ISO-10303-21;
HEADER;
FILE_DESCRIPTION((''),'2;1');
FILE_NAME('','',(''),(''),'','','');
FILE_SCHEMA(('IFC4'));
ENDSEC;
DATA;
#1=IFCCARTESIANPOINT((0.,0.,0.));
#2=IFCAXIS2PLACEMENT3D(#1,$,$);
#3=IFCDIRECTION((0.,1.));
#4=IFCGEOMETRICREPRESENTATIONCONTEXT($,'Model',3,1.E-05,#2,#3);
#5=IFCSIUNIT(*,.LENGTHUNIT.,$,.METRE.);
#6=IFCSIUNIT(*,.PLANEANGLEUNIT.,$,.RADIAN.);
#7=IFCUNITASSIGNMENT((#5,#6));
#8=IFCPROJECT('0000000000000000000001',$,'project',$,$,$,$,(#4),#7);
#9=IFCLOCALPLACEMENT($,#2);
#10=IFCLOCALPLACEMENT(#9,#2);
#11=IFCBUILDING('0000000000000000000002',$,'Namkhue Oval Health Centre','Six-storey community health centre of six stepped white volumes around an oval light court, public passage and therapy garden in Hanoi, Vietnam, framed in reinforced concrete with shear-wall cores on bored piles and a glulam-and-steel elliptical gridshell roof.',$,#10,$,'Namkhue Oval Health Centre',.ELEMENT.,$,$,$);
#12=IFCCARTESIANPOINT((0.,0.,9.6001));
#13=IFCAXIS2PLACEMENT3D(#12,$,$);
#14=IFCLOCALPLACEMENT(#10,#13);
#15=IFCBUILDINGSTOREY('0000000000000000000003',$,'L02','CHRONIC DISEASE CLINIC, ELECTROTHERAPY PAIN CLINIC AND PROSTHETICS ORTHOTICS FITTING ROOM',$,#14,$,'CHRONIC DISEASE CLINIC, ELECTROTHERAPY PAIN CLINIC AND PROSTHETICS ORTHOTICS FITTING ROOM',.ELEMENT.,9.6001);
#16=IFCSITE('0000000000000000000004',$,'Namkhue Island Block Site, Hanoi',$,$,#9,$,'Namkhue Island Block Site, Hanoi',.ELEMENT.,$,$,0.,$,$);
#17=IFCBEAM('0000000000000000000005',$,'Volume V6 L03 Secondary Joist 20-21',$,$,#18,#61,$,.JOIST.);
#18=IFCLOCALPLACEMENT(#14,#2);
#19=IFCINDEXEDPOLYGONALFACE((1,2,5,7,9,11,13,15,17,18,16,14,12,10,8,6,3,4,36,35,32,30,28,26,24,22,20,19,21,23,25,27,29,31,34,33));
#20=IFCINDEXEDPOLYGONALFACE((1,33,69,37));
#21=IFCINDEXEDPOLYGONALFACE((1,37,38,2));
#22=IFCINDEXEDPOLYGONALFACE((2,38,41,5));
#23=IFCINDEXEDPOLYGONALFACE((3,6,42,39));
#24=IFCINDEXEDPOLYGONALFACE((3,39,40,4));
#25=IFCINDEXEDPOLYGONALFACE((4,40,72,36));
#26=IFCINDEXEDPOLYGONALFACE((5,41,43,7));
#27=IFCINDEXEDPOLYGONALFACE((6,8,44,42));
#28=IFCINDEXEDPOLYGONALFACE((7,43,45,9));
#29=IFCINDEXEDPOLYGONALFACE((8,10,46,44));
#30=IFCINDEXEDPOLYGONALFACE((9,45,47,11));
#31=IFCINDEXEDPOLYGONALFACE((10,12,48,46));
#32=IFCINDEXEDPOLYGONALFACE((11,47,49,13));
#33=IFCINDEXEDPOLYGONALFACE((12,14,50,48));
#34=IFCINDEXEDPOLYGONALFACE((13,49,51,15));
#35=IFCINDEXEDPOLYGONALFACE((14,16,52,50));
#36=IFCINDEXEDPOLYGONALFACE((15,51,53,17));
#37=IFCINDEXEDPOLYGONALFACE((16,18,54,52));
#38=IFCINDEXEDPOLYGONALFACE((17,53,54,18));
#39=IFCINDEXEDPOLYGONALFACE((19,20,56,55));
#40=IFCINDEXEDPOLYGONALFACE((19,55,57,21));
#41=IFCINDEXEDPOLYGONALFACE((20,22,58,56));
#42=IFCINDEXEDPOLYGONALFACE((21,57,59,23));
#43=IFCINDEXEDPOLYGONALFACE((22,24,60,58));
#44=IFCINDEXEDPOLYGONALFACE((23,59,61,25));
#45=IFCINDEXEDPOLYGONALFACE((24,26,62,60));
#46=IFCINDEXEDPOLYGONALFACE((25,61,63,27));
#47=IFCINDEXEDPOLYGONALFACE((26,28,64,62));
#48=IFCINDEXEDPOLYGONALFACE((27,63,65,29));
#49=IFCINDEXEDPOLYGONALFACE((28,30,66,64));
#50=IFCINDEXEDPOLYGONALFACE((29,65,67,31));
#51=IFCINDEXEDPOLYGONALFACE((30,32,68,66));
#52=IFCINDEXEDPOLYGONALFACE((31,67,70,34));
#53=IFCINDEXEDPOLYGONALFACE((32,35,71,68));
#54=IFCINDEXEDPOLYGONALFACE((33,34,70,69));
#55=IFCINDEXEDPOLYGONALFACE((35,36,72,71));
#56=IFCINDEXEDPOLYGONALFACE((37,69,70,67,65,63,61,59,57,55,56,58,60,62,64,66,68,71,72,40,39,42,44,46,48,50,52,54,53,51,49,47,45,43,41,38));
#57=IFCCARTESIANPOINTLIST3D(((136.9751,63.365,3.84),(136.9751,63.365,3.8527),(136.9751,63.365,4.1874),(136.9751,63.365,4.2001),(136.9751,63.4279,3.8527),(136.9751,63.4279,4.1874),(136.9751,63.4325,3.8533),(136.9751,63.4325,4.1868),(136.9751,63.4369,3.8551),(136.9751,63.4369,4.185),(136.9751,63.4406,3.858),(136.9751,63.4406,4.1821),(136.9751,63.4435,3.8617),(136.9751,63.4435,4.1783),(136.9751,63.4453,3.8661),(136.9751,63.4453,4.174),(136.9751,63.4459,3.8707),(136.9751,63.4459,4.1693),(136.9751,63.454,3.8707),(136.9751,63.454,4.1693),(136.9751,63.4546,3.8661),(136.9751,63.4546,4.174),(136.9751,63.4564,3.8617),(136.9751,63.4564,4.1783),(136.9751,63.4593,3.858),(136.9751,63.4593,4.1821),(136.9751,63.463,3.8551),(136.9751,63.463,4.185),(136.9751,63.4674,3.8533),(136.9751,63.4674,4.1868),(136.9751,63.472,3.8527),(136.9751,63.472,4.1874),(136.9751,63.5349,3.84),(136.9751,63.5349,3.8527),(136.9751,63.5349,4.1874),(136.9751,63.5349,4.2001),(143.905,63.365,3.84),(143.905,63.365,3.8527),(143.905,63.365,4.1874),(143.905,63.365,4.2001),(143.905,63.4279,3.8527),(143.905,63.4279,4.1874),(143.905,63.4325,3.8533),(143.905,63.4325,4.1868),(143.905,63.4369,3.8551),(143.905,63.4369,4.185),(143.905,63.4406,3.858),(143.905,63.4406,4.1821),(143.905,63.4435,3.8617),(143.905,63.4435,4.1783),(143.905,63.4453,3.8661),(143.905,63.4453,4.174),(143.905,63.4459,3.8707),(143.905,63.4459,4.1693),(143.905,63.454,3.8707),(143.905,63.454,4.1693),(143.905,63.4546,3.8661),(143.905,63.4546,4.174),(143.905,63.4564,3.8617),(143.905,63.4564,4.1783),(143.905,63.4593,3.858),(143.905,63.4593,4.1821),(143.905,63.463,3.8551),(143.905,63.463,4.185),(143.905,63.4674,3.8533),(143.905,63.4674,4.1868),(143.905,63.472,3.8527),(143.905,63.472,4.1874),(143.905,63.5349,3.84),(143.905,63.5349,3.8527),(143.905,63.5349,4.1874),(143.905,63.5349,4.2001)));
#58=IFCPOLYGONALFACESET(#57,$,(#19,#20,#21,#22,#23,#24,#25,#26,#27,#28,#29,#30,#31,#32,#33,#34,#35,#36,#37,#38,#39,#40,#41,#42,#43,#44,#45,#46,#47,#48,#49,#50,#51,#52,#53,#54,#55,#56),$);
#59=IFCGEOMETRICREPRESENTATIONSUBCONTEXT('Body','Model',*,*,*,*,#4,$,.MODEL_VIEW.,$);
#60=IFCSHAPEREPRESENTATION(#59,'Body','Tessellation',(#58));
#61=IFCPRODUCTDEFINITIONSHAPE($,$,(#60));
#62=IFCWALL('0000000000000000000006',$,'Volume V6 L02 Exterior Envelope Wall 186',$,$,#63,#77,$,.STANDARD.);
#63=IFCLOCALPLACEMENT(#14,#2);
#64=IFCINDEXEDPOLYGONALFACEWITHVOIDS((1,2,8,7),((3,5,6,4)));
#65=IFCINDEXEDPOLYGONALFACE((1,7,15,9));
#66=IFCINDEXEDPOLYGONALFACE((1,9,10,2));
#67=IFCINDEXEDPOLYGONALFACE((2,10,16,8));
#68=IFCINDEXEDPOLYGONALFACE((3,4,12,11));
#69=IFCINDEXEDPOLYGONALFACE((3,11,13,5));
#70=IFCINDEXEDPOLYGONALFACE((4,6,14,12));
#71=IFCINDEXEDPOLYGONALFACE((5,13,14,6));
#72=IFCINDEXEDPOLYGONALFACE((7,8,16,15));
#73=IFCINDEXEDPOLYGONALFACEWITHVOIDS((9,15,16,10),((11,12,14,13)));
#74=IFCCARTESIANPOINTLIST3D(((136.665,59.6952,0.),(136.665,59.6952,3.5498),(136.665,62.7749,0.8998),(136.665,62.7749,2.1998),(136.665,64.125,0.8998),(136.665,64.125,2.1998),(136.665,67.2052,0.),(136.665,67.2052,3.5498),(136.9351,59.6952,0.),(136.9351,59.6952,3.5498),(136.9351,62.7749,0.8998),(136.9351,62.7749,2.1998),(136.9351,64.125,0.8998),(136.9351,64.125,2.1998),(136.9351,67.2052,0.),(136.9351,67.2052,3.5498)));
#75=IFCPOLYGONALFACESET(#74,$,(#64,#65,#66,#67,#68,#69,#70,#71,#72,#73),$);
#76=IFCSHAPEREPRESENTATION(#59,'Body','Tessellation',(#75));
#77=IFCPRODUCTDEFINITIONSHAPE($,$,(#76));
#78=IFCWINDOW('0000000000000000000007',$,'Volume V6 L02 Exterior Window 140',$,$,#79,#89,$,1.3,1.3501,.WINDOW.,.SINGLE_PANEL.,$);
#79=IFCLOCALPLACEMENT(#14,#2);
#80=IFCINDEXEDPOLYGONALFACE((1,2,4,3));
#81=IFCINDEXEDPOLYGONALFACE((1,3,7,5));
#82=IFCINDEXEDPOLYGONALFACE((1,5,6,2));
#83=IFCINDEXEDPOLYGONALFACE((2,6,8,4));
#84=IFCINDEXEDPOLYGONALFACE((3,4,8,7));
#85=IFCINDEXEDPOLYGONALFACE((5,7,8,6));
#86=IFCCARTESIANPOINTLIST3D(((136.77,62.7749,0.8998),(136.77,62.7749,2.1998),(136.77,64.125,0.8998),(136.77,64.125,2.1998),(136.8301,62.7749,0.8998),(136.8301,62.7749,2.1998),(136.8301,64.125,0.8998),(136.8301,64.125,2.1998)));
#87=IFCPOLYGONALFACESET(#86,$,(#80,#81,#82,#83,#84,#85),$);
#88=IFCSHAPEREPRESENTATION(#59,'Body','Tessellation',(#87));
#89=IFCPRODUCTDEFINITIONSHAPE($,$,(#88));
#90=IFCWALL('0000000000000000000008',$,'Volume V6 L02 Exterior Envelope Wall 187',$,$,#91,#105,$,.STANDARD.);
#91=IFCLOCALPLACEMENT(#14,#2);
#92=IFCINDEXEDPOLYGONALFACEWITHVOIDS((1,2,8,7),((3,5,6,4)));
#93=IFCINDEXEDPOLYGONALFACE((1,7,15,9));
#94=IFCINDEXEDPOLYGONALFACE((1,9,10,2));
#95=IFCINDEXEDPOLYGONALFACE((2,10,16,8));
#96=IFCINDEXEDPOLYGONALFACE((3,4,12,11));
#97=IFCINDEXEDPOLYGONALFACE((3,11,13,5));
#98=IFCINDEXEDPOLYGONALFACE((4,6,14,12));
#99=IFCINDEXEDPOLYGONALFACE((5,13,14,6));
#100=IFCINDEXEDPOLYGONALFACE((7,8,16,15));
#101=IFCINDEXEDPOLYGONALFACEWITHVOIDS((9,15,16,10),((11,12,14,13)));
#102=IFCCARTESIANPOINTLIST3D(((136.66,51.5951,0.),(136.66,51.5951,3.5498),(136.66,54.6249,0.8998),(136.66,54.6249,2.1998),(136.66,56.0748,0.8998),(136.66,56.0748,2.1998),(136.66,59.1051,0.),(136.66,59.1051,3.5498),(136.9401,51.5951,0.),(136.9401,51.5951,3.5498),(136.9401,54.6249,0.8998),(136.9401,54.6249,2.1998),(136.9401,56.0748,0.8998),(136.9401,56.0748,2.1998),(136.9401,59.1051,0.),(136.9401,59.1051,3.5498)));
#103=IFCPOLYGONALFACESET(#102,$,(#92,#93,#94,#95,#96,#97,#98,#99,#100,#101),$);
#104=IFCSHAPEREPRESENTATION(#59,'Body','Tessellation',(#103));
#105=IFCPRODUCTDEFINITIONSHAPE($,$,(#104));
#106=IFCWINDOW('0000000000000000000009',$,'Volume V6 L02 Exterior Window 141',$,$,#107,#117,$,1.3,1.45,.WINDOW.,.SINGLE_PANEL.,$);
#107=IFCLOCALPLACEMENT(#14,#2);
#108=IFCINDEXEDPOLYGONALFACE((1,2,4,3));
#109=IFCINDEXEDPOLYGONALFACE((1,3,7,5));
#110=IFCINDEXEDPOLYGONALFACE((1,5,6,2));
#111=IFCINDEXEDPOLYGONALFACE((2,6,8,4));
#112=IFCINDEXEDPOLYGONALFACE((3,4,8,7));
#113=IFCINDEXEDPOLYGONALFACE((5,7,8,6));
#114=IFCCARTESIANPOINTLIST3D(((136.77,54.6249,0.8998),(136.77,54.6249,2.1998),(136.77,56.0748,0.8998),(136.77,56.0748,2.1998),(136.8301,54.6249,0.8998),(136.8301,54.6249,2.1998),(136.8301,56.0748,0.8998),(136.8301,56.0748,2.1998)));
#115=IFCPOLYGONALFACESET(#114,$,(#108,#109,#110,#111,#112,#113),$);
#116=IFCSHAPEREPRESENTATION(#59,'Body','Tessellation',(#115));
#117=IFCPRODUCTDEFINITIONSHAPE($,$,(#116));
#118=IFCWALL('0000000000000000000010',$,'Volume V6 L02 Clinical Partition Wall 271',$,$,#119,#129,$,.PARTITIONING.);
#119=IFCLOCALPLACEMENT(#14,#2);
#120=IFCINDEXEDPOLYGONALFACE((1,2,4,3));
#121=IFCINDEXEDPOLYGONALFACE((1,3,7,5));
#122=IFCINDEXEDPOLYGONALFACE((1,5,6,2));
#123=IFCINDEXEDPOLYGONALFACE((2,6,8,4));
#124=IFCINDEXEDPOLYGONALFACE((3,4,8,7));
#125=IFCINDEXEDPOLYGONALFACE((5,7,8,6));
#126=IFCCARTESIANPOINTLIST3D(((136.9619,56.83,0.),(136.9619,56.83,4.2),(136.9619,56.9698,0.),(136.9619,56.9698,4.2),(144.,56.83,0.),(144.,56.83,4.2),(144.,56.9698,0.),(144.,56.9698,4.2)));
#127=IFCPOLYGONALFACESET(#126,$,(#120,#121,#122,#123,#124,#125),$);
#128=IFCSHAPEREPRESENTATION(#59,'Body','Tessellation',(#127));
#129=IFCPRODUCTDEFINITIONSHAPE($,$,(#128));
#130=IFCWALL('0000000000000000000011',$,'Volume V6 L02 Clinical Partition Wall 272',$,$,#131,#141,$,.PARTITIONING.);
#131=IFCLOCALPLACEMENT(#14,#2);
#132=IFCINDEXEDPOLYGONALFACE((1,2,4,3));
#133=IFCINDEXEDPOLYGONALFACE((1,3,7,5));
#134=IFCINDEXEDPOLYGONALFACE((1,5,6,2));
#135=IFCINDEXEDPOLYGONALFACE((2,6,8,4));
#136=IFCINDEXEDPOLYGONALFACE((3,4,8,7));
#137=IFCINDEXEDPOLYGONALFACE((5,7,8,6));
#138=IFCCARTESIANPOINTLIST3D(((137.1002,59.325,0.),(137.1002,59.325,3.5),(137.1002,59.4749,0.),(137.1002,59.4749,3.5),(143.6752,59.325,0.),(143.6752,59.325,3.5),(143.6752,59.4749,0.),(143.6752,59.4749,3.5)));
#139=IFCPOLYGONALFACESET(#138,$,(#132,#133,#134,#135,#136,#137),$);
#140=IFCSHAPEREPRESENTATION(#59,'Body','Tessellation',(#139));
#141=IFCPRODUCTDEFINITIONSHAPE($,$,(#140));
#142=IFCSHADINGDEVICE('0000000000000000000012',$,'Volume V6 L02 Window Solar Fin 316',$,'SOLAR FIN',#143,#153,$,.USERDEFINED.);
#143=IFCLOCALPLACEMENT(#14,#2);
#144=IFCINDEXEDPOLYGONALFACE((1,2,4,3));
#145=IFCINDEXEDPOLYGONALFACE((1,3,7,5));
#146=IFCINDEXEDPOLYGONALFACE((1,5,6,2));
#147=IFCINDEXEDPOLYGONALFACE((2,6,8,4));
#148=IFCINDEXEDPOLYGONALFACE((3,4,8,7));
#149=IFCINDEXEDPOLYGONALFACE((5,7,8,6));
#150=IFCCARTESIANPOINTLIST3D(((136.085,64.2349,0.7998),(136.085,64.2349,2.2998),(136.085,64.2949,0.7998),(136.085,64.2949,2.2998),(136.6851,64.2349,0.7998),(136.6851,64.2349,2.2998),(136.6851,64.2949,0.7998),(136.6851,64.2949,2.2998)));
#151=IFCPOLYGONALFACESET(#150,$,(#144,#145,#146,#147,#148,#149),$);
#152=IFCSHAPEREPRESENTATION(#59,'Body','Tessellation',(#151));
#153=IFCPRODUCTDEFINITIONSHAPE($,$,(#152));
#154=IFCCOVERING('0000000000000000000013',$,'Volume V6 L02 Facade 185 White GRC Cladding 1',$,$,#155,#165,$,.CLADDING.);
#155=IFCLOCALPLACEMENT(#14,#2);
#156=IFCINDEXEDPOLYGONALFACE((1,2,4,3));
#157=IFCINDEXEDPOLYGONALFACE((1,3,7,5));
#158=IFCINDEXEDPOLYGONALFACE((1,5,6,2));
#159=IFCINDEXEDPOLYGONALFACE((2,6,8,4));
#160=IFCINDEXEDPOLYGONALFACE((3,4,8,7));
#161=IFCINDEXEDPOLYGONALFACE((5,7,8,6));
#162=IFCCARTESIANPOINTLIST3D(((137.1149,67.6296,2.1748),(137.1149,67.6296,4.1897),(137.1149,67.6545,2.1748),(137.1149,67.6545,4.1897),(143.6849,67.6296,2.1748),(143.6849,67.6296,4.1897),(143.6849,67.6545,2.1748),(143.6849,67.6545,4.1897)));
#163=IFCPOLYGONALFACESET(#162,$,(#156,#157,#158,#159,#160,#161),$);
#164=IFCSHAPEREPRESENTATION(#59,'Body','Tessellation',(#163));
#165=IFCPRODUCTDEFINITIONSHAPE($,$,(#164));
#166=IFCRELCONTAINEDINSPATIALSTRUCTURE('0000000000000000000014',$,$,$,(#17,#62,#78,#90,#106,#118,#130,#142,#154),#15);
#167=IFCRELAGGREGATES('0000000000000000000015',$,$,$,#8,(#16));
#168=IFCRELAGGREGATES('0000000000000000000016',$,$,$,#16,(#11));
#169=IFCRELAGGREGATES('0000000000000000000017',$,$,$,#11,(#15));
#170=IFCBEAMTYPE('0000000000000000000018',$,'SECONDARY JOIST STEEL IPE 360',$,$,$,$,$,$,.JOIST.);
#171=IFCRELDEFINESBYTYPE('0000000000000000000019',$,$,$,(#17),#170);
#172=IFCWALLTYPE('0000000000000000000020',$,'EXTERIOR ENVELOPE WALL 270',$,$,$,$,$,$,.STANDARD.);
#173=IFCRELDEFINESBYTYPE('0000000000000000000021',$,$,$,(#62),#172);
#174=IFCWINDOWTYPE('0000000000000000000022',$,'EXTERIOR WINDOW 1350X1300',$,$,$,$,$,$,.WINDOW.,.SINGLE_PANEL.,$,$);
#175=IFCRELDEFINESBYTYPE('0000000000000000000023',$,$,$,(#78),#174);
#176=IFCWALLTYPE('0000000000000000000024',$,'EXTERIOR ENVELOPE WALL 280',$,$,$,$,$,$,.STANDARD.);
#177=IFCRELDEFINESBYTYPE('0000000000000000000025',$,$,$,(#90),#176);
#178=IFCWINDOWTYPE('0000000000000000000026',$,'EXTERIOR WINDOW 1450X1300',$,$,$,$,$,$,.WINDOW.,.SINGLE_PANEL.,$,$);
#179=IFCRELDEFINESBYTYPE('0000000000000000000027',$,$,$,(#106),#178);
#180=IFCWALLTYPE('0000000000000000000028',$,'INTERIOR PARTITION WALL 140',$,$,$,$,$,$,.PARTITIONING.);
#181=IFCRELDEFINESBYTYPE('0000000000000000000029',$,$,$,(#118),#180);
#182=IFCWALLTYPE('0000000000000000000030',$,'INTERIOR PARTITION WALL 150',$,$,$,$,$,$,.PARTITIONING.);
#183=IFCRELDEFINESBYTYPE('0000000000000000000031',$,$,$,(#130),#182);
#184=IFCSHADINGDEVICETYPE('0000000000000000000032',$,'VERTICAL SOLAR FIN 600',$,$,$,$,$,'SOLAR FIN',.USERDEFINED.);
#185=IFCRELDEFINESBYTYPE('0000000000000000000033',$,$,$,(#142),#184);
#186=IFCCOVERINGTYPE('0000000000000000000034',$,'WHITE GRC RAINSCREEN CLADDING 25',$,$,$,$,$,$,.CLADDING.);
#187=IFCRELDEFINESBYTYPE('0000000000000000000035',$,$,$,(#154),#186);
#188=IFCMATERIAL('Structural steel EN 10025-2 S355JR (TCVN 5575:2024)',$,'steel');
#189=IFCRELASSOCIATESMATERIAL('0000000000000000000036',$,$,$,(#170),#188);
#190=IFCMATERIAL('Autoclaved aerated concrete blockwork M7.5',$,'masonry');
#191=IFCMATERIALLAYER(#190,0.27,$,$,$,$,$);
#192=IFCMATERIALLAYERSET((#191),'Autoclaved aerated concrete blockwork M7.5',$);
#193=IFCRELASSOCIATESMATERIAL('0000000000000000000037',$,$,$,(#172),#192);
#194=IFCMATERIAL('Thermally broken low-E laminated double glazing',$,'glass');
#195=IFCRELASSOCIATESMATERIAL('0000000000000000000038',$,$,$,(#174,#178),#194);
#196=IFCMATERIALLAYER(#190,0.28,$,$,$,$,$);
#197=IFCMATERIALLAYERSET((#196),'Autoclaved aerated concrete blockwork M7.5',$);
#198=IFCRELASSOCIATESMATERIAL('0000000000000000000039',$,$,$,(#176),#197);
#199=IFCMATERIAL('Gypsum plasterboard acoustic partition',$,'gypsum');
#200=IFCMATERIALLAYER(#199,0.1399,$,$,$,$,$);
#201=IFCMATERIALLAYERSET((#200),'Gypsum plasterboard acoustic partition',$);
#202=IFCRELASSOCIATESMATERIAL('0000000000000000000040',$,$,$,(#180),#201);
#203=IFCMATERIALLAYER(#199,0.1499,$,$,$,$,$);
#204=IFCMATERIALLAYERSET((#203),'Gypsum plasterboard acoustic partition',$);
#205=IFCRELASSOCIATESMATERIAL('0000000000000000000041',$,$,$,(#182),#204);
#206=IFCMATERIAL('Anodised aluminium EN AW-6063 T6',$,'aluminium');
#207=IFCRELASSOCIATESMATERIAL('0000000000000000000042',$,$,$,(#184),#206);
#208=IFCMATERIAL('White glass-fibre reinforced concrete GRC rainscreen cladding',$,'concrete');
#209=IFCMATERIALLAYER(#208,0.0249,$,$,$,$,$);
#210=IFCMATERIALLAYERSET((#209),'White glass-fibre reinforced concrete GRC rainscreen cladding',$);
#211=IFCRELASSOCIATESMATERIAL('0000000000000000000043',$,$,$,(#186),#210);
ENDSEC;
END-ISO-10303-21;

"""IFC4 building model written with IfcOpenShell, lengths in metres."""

from ifc_helpers import new_model, si_unit, direction, frame, frame_2d, origin, origin_2d, place, context, subcontext, project, spatial, rectangle, i_section, extrude, material, layer, layer_set, material_profile, profile_set, type_object, element, fill, save


model = new_model("IFC4")

# Units and contexts
model_context = context("Model", 3, precision=1e-05, world=origin(), true_north=direction((0.0, 1.0)))
body_context = subcontext(model_context, "Body", "Model", "MODEL_VIEW")
ifc_project = project(units=[si_unit("LENGTHUNIT", "METRE"), si_unit("PLANEANGLEUNIT", "RADIAN")], contexts=[model_context])

# Site, building, storey
site_placement = place(None, origin())
site = spatial("IfcSite", under=ifc_project, at=site_placement, Name="Namkhue Island Block Site, Hanoi", LongName="Namkhue Island Block Site, Hanoi", CompositionType="ELEMENT", RefElevation=0.0)
building_placement = place(site_placement, origin())
building = spatial("IfcBuilding", under=site, at=building_placement, Name="Namkhue Oval Health Centre", Description="Six-storey community health centre of six stepped white volumes around an oval light court, public passage and therapy garden in Hanoi, Vietnam, framed in reinforced concrete with shear-wall cores on bored piles and a glulam-and-steel elliptical gridshell roof.", LongName="Namkhue Oval Health Centre", CompositionType="ELEMENT")
storey_placement = place(building_placement, frame((0.0, 0.0, 9.6001)))
storey = spatial("IfcBuildingStorey", under=building, at=storey_placement, Name="L02", Description="CHRONIC DISEASE CLINIC, ELECTROTHERAPY PAIN CLINIC AND PROSTHETICS ORTHOTICS FITTING ROOM", LongName="CHRONIC DISEASE CLINIC, ELECTROTHERAPY PAIN CLINIC AND PROSTHETICS ORTHOTICS FITTING ROOM", CompositionType="ELEMENT", Elevation=9.6001)

# Beam
ifc_material_1 = material(Name="Structural steel EN 10025-2 S355JR (TCVN 5575:2024)", Category="steel")
ifc_material_profile_1 = material_profile(ifc_material_1, i_section(OverallWidth=0.1699, OverallDepth=0.3601, WebThickness=0.0081, FlangeThickness=0.0127, FilletRadius=0.0181, at=origin_2d()), Name="IPE 360")
ifc_profile_set_1 = profile_set([ifc_material_profile_1], Name="Structural steel EN 10025-2 S355JR (TCVN 5575:2024)")
beam_type_1 = type_object("IfcBeamType", Name="SECONDARY JOIST STEEL IPE 360", PredefinedType="JOIST", material=ifc_profile_set_1)
beam_1_placement = place(storey_placement, frame((136.9751, 63.45, 4.02), z_axis=(1.0, 0.0, 0.0), x_axis=(0.0, 1.0, 0.0)))
element("IfcBeam", 1, at=beam_1_placement, inside=storey, type_object=beam_type_1, Name="Volume V6 L03 Secondary Joist 20-21", PredefinedType="JOIST", context=body_context, shape_type="SweptSolid", body=[
    extrude(i_section(OverallWidth=0.1699, OverallDepth=0.3601, WebThickness=0.0081, FlangeThickness=0.0127, FilletRadius=0.0181, at=origin_2d()), origin(), (0.0, 0.0, 1.0), 6.9299),
])

# Walls, openings, windows
ifc_material_2 = material(Name="Autoclaved aerated concrete blockwork M7.5", Category="masonry")
ifc_layer_1 = layer(ifc_material_2, 0.27)
ifc_layer_set_1 = layer_set([ifc_layer_1], Name="Autoclaved aerated concrete blockwork M7.5")
wall_type_1 = type_object("IfcWallType", Name="EXTERIOR ENVELOPE WALL 270", PredefinedType="STANDARD", material=ifc_layer_set_1)
wall_1_placement = place(storey_placement, frame((136.8, 67.2051, 0.0), z_axis=(0.0, 0.0, 1.0), x_axis=(0.0, -1.0, 0.0)))
wall_1 = element("IfcWall", 2, at=wall_1_placement, inside=storey, type_object=wall_type_1, Name="Volume V6 L02 Exterior Envelope Wall 186", PredefinedType="STANDARD", context=body_context, shape_type="SweptSolid", body=[
    extrude(rectangle(XDim=7.51, YDim=0.27, at=frame_2d((3.7549, 0.0))), origin(), (0.0, 0.0, 1.0), 3.5498),
])
opening_1_placement = place(wall_1_placement, frame((3.0801, 0.0, 0.8999)))
opening_1 = element("IfcOpeningElement", 3, at=opening_1_placement, cuts=wall_1, PredefinedType="OPENING", context=body_context, shape_type="SweptSolid", body=[
    extrude(rectangle(XDim=1.3501, YDim=1.3, at=frame_2d((0.675, 0.6499))), frame((0.0, 0.145, 0.0), z_axis=(0.0, -1.0, 0.0), x_axis=(1.0, 0.0, 0.0)), (0.0, 0.0, 1.0), 0.29),
])
ifc_material_3 = material(Name="Thermally broken low-E laminated double glazing", Category="glass")
window_type_1 = type_object("IfcWindowType", Name="EXTERIOR WINDOW 1350X1300", PartitioningType="SINGLE_PANEL", PredefinedType="WINDOW", material=ifc_material_3)
window_1_placement = place(opening_1_placement, origin())
window_1 = element("IfcWindow", 4, at=window_1_placement, inside=storey, type_object=window_type_1, Name="Volume V6 L02 Exterior Window 140", OverallHeight=1.3, OverallWidth=1.3501, PartitioningType="SINGLE_PANEL", PredefinedType="WINDOW", context=body_context, shape_type="SweptSolid", body=[
    extrude(rectangle(XDim=1.3501, YDim=1.3, at=frame_2d((0.675, 0.6499))), frame((0.0, 0.03, 0.0), z_axis=(0.0, -1.0, 0.0), x_axis=(1.0, 0.0, 0.0)), (0.0, 0.0, 1.0), 0.0601),
])
fill(opening_1, window_1)
ifc_layer_2 = layer(ifc_material_2, 0.28)
ifc_layer_set_2 = layer_set([ifc_layer_2], Name="Autoclaved aerated concrete blockwork M7.5")
wall_type_2 = type_object("IfcWallType", Name="EXTERIOR ENVELOPE WALL 280", PredefinedType="STANDARD", material=ifc_layer_set_2)
wall_2_placement = place(storey_placement, frame((136.8, 59.105, 0.0), z_axis=(0.0, 0.0, 1.0), x_axis=(0.0, -1.0, 0.0)))
wall_2 = element("IfcWall", 5, at=wall_2_placement, inside=storey, type_object=wall_type_2, Name="Volume V6 L02 Exterior Envelope Wall 187", PredefinedType="STANDARD", context=body_context, shape_type="SweptSolid", body=[
    extrude(rectangle(XDim=7.51, YDim=0.28, at=frame_2d((3.7549, 0.0))), origin(), (0.0, 0.0, 1.0), 3.5498),
])
opening_2_placement = place(wall_2_placement, frame((3.03, 0.0, 0.8999)))
opening_2 = element("IfcOpeningElement", 6, at=opening_2_placement, cuts=wall_2, PredefinedType="OPENING", context=body_context, shape_type="SweptSolid", body=[
    extrude(rectangle(XDim=1.45, YDim=1.3, at=frame_2d((0.7251, 0.6499))), frame((0.0, 0.1499, 0.0), z_axis=(0.0, -1.0, 0.0), x_axis=(1.0, 0.0, 0.0)), (0.0, 0.0, 1.0), 0.3),
])
window_type_2 = type_object("IfcWindowType", Name="EXTERIOR WINDOW 1450X1300", PartitioningType="SINGLE_PANEL", PredefinedType="WINDOW", material=ifc_material_3)
window_2_placement = place(opening_2_placement, origin())
window_2 = element("IfcWindow", 7, at=window_2_placement, inside=storey, type_object=window_type_2, Name="Volume V6 L02 Exterior Window 141", OverallHeight=1.3, OverallWidth=1.45, PartitioningType="SINGLE_PANEL", PredefinedType="WINDOW", context=body_context, shape_type="SweptSolid", body=[
    extrude(rectangle(XDim=1.45, YDim=1.3, at=frame_2d((0.7251, 0.6499))), frame((0.0, 0.03, 0.0), z_axis=(0.0, -1.0, 0.0), x_axis=(1.0, 0.0, 0.0)), (0.0, 0.0, 1.0), 0.0601),
])
fill(opening_2, window_2)

# Walls
ifc_material_4 = material(Name="Gypsum plasterboard acoustic partition", Category="gypsum")
ifc_layer_3 = layer(ifc_material_4, 0.1399)
ifc_layer_set_3 = layer_set([ifc_layer_3], Name="Gypsum plasterboard acoustic partition")
wall_type_3 = type_object("IfcWallType", Name="INTERIOR PARTITION WALL 140", PredefinedType="PARTITIONING", material=ifc_layer_set_3)
wall_3_placement = place(storey_placement, frame((136.9619, 56.8999, 0.0), z_axis=(0.0, 0.0, 1.0), x_axis=(1.0, 0.0, 0.0)))
element("IfcWall", 8, at=wall_3_placement, inside=storey, type_object=wall_type_3, Name="Volume V6 L02 Clinical Partition Wall 271", PredefinedType="PARTITIONING", context=body_context, shape_type="SweptSolid", body=[
    extrude(rectangle(XDim=7.0381, YDim=0.1399, at=frame_2d((3.519, 0.0))), origin(), (0.0, 0.0, 1.0), 4.2),
])
ifc_layer_4 = layer(ifc_material_4, 0.1499)
ifc_layer_set_4 = layer_set([ifc_layer_4], Name="Gypsum plasterboard acoustic partition")
wall_type_4 = type_object("IfcWallType", Name="INTERIOR PARTITION WALL 150", PredefinedType="PARTITIONING", material=ifc_layer_set_4)
wall_4_placement = place(storey_placement, frame((137.1001, 59.3999, 0.0), z_axis=(0.0, 0.0, 1.0), x_axis=(1.0, 0.0, 0.0)))
element("IfcWall", 9, at=wall_4_placement, inside=storey, type_object=wall_type_4, Name="Volume V6 L02 Clinical Partition Wall 272", PredefinedType="PARTITIONING", context=body_context, shape_type="SweptSolid", body=[
    extrude(rectangle(XDim=6.575, YDim=0.1499, at=frame_2d((3.2876, 0.0))), origin(), (0.0, 0.0, 1.0), 3.5),
])

# Shading device
ifc_material_5 = material(Name="Anodised aluminium EN AW-6063 T6", Category="aluminium")
shading_device_type = type_object("IfcShadingDeviceType", Name="VERTICAL SOLAR FIN 600", ElementType="SOLAR FIN", PredefinedType="USERDEFINED", material=ifc_material_5)
shading_device_placement = place(storey_placement, frame((136.385, 64.2649, 0.7998), z_axis=(0.0, 0.0, 1.0), x_axis=(-1.0, 0.0, 0.0)))
element("IfcShadingDevice", 10, at=shading_device_placement, inside=storey, type_object=shading_device_type, Name="Volume V6 L02 Window Solar Fin 316", ObjectType="SOLAR FIN", PredefinedType="USERDEFINED", context=body_context, shape_type="SweptSolid", body=[
    extrude(rectangle(XDim=0.6001, YDim=0.0601, at=origin_2d()), origin(), (0.0, 0.0, 1.0), 1.5),
])

# Covering
ifc_material_6 = material(Name="White glass-fibre reinforced concrete GRC rainscreen cladding", Category="concrete")
ifc_layer_5 = layer(ifc_material_6, 0.0249)
ifc_layer_set_5 = layer_set([ifc_layer_5], Name="White glass-fibre reinforced concrete GRC rainscreen cladding")
covering_type = type_object("IfcCoveringType", Name="WHITE GRC RAINSCREEN CLADDING 25", PredefinedType="CLADDING", material=ifc_layer_set_5)
covering_1_placement = place(storey_placement, frame((140.3999, 67.6421, 2.1748), z_axis=(0.0, 0.0, 1.0), x_axis=(-1.0, 0.0, 0.0)))
element("IfcCovering", 11, at=covering_1_placement, inside=storey, type_object=covering_type, Name="Volume V6 L02 Facade 185 White GRC Cladding 1", PredefinedType="CLADDING", context=body_context, shape_type="SweptSolid", body=[
    extrude(rectangle(XDim=6.5701, YDim=0.0249, at=origin_2d()), origin(), (0.0, 0.0, 1.0), 2.0149),
])

save(model, "model.ifc")
